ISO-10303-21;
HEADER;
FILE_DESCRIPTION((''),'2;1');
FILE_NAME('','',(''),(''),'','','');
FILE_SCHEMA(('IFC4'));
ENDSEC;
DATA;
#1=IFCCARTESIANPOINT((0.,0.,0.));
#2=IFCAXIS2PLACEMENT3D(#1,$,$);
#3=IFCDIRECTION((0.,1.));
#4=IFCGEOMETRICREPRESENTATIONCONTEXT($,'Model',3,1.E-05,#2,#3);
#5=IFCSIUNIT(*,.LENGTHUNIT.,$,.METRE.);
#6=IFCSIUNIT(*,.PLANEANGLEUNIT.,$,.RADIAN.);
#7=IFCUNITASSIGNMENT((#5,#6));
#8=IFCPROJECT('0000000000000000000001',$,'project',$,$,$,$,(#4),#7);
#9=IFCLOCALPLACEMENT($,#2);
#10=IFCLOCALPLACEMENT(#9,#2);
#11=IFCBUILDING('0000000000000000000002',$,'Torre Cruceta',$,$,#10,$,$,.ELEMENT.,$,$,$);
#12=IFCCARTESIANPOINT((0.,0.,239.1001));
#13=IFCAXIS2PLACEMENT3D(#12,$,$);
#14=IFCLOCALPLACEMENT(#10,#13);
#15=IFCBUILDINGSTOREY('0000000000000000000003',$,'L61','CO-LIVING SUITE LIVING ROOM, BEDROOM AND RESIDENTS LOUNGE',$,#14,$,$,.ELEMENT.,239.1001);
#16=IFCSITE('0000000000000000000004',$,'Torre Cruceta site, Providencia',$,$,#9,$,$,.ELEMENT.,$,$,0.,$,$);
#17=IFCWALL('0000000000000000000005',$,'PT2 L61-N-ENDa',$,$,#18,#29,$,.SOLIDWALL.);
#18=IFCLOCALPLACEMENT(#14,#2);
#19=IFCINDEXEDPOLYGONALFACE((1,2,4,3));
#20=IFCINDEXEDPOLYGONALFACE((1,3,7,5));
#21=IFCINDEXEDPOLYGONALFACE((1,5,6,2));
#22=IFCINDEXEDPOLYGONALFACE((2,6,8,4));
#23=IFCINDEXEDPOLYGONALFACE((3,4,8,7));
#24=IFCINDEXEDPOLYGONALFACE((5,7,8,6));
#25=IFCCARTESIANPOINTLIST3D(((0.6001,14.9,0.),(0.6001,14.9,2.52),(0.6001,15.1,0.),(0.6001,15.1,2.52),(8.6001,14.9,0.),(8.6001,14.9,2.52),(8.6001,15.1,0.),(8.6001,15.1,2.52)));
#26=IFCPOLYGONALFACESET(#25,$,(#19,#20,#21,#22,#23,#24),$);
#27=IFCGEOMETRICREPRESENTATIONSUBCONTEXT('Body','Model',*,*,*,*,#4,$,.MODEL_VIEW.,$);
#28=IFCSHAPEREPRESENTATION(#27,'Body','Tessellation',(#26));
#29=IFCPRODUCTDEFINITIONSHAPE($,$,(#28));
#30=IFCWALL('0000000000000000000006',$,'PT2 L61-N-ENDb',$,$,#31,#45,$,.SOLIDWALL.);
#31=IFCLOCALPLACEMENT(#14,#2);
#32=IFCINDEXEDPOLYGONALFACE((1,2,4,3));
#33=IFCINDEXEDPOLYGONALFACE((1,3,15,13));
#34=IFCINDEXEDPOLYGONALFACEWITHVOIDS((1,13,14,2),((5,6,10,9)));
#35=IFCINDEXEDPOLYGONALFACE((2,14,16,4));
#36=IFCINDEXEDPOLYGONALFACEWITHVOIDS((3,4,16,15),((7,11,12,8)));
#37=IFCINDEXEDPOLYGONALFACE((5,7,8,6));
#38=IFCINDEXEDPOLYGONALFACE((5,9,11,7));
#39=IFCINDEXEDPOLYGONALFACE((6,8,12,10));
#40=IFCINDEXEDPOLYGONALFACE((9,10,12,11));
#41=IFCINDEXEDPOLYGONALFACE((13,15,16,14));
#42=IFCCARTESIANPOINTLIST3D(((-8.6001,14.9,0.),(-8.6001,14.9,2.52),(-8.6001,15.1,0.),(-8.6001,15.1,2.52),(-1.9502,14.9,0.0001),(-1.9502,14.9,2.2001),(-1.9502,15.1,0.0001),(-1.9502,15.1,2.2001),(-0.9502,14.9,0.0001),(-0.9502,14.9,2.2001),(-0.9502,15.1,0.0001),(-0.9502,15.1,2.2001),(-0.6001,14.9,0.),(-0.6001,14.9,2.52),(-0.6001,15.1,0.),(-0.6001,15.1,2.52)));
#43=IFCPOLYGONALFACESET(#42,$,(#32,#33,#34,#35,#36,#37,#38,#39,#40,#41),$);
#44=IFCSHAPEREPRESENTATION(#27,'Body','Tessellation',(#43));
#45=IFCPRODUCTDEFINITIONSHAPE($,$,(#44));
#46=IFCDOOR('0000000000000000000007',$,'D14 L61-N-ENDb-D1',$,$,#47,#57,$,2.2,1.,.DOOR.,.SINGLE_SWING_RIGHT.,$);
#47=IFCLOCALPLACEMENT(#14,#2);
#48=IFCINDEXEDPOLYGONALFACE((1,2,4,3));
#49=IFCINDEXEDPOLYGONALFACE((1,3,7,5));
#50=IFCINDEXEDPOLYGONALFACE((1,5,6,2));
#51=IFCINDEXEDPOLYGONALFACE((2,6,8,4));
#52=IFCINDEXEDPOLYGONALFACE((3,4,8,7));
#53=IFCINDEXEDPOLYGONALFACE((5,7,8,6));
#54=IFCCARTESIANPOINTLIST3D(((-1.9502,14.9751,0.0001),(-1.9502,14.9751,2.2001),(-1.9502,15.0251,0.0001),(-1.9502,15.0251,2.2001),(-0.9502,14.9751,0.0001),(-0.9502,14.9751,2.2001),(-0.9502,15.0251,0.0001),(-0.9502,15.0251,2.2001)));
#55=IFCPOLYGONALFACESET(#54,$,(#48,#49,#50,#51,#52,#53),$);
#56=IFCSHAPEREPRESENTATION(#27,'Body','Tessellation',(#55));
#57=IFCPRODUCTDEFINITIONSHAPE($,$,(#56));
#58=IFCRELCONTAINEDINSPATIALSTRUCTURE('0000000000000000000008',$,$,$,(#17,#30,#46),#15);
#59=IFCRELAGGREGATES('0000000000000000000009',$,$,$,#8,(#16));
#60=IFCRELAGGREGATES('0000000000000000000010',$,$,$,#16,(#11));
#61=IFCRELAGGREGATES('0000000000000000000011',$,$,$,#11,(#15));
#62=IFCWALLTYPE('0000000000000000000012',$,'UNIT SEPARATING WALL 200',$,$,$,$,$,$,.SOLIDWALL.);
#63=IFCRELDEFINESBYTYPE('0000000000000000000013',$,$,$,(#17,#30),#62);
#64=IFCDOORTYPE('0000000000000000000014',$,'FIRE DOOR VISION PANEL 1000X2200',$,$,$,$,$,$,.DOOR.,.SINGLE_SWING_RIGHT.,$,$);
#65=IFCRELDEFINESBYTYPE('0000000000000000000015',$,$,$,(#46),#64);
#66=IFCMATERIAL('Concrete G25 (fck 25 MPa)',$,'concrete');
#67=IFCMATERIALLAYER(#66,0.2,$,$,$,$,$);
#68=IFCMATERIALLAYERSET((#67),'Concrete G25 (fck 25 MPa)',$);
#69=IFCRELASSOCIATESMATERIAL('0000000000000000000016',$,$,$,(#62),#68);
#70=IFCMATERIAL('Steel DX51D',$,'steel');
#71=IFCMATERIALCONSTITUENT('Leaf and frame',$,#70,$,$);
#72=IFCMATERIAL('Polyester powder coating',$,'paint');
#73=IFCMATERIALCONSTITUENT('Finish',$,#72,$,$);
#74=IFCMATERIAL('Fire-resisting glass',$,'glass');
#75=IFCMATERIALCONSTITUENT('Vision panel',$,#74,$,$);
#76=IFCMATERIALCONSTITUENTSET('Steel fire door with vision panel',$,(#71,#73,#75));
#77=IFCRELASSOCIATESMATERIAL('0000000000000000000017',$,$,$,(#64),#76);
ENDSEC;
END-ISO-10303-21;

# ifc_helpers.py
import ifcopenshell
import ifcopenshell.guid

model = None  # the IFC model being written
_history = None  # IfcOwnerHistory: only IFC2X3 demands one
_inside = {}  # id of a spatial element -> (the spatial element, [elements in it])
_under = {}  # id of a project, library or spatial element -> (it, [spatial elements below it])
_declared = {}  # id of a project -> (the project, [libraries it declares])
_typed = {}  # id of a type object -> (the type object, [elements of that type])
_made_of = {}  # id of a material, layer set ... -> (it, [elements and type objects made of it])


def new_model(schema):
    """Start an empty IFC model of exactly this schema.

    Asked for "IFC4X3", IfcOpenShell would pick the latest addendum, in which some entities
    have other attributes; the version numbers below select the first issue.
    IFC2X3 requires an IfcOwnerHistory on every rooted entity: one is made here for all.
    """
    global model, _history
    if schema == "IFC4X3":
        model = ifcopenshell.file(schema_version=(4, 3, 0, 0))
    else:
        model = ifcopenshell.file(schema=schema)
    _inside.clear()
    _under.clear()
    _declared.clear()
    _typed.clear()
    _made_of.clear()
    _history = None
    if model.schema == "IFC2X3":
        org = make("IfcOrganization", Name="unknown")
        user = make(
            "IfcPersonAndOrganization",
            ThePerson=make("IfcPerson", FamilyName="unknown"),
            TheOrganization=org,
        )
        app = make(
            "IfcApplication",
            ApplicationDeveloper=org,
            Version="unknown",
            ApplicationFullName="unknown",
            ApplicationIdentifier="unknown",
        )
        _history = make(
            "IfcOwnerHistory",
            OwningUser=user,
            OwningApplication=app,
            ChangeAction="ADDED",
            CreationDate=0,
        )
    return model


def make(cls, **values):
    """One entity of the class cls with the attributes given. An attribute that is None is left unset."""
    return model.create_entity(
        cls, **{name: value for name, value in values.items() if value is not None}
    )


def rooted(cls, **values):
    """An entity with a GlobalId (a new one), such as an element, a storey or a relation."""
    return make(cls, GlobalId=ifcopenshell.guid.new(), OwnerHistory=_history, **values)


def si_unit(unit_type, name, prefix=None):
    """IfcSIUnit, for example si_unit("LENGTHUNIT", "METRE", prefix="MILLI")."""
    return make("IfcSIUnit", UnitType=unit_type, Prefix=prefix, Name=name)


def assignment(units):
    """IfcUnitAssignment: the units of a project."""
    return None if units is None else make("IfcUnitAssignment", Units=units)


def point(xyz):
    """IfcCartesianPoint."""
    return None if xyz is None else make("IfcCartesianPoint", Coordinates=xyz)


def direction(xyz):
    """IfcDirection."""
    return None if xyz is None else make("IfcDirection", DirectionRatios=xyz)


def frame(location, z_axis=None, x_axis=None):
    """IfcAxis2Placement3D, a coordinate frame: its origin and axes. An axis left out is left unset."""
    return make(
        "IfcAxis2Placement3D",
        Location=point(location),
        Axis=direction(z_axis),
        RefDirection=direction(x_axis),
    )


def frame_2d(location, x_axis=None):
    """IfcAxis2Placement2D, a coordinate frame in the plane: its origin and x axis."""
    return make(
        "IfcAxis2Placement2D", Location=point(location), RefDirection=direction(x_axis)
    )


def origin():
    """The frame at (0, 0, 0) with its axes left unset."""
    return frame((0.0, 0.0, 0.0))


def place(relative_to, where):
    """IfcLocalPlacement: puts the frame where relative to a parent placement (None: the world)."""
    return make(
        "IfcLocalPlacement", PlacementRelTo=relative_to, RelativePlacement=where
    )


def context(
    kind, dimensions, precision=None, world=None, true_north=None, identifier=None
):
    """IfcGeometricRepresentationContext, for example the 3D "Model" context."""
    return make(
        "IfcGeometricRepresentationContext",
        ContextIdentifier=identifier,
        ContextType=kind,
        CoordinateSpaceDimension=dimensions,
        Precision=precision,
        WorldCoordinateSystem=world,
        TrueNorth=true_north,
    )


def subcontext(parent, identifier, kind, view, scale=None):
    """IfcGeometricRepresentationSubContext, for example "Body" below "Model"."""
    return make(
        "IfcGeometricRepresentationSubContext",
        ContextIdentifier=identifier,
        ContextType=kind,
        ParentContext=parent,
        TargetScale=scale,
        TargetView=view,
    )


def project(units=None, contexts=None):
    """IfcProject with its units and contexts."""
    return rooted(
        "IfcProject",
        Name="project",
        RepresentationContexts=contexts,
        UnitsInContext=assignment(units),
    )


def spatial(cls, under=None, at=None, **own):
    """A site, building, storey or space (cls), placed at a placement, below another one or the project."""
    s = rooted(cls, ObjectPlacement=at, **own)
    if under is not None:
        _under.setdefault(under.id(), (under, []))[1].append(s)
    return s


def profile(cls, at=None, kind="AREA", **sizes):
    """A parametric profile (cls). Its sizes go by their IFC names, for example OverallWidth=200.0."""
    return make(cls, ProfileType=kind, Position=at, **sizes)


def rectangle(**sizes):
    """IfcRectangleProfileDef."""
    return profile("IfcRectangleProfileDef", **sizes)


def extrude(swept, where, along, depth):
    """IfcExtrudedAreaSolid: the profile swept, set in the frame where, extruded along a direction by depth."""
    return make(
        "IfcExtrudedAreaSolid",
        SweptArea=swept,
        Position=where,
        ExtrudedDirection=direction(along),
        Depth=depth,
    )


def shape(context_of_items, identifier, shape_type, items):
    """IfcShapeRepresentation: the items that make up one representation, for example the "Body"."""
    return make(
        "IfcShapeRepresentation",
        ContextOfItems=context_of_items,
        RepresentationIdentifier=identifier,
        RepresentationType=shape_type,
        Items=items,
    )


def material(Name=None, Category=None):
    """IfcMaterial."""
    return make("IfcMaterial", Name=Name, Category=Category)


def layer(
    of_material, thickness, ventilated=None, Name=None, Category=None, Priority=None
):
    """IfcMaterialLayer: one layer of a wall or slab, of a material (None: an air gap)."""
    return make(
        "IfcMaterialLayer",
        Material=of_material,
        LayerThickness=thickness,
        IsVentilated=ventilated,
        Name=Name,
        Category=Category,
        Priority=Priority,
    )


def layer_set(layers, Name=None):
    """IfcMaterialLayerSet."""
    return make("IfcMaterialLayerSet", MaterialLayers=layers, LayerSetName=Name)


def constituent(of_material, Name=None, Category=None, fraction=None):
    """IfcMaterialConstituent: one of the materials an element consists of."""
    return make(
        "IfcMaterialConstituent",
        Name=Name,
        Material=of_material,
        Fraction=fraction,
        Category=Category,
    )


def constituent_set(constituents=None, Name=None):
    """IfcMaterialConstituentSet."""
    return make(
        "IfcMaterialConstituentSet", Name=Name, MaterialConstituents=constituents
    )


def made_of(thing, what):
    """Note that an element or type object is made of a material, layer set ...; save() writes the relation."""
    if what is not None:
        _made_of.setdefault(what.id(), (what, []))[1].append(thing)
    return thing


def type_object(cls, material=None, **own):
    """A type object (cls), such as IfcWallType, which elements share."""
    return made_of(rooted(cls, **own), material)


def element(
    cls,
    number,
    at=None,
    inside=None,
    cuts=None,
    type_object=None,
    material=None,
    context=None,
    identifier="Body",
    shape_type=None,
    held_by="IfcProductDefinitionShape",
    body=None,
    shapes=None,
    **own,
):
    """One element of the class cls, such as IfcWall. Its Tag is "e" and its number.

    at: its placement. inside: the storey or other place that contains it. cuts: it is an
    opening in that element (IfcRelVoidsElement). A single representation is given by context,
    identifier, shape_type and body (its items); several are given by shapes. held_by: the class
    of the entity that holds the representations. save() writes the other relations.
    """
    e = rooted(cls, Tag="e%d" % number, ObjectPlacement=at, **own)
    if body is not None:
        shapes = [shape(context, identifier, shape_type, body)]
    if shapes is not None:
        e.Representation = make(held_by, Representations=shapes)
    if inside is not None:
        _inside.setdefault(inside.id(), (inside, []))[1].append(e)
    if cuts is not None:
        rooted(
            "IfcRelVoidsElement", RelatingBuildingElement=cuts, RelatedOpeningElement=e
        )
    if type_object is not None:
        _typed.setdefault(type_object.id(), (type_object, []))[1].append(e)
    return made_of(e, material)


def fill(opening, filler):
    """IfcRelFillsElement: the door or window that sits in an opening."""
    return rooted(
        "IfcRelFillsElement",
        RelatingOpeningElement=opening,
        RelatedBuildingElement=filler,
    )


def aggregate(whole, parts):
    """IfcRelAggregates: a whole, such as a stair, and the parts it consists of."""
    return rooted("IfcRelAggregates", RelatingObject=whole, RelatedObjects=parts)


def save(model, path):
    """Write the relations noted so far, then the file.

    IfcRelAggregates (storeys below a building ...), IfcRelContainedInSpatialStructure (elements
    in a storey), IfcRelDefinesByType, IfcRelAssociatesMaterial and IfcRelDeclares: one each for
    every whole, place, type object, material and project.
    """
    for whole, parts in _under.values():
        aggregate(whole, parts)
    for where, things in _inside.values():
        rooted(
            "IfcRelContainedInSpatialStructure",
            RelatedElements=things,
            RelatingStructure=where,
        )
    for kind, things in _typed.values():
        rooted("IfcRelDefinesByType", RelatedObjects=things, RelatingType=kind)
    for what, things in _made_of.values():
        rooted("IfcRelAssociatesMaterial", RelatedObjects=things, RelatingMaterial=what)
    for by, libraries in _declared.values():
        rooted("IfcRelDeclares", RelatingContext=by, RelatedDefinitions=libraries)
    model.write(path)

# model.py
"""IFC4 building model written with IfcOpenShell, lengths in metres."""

from ifc_helpers import new_model, si_unit, direction, frame, frame_2d, origin, place, context, subcontext, project, spatial, rectangle, extrude, material, layer, layer_set, constituent, constituent_set, type_object, element, fill, save


model = new_model("IFC4")

# Units and contexts
model_context = context("Model", 3, precision=1e-05, world=origin(), true_north=direction((0.0, 1.0)))
body_context = subcontext(model_context, "Body", "Model", "MODEL_VIEW")
ifc_project = project(units=[si_unit("LENGTHUNIT", "METRE"), si_unit("PLANEANGLEUNIT", "RADIAN")], contexts=[model_context])

# Site, building, storey
site_placement = place(None, origin())
site = spatial("IfcSite", under=ifc_project, at=site_placement, Name="Torre Cruceta site, Providencia", CompositionType="ELEMENT", RefElevation=0.0)
building_placement = place(site_placement, origin())
building = spatial("IfcBuilding", under=site, at=building_placement, Name="Torre Cruceta", CompositionType="ELEMENT")
storey_placement = place(building_placement, frame((0.0, 0.0, 239.1001)))
storey = spatial("IfcBuildingStorey", under=building, at=storey_placement, Name="L61", Description="CO-LIVING SUITE LIVING ROOM, BEDROOM AND RESIDENTS LOUNGE", CompositionType="ELEMENT", Elevation=239.1001)

# Wall
ifc_material_1 = material(Name="Concrete G25 (fck 25 MPa)", Category="concrete")
ifc_layer_1 = layer(ifc_material_1, 0.2)
ifc_layer_set_1 = layer_set([ifc_layer_1], Name="Concrete G25 (fck 25 MPa)")
wall_type_1 = type_object("IfcWallType", Name="UNIT SEPARATING WALL 200", PredefinedType="SOLIDWALL", material=ifc_layer_set_1)
wall_1_placement = place(storey_placement, frame((8.6001, 15.0, 0.0), z_axis=(0.0, 0.0, 1.0), x_axis=(-1.0, 0.0, 0.0)))
element("IfcWall", 1, at=wall_1_placement, inside=storey, type_object=wall_type_1, Name="PT2 L61-N-ENDa", PredefinedType="SOLIDWALL", context=body_context, shape_type="SweptSolid", body=[
    extrude(rectangle(XDim=8.0, YDim=0.2, at=frame_2d((4.0, 0.0))), origin(), (0.0, 0.0, 1.0), 2.52),
])

# Wall, opening, door
wall_2_placement = place(storey_placement, frame((-0.6001, 15.0, 0.0), z_axis=(0.0, 0.0, 1.0), x_axis=(-1.0, 0.0, 0.0)))
wall_2 = element("IfcWall", 2, at=wall_2_placement, inside=storey, type_object=wall_type_1, Name="PT2 L61-N-ENDb", PredefinedType="SOLIDWALL", context=body_context, shape_type="SweptSolid", body=[
    extrude(rectangle(XDim=8.0, YDim=0.2, at=frame_2d((4.0, 0.0))), origin(), (0.0, 0.0, 1.0), 2.52),
])
opening_1_placement = place(wall_2_placement, frame((0.3501, 0.0, 0.0)))
opening_1 = element("IfcOpeningElement", 3, at=opening_1_placement, cuts=wall_2, PredefinedType="OPENING", context=body_context, shape_type="SweptSolid", body=[
    extrude(rectangle(XDim=1.0, YDim=2.2, at=frame_2d((0.5, 1.1001))), frame((0.0, 0.1099, 0.0), z_axis=(0.0, -1.0, 0.0), x_axis=(1.0, 0.0, 0.0)), (0.0, 0.0, 1.0), 0.22),
])
ifc_material_2 = material(Name="Steel DX51D", Category="steel")
ifc_constituent_1 = constituent(ifc_material_2, Name="Leaf and frame")
ifc_material_3 = material(Name="Polyester powder coating", Category="paint")
ifc_constituent_2 = constituent(ifc_material_3, Name="Finish")
ifc_material_4 = material(Name="Fire-resisting glass", Category="glass")
ifc_constituent_3 = constituent(ifc_material_4, Name="Vision panel")
ifc_constituent_set_1 = constituent_set(constituents=[ifc_constituent_1, ifc_constituent_2, ifc_constituent_3], Name="Steel fire door with vision panel")
door_type = type_object("IfcDoorType", Name="FIRE DOOR VISION PANEL 1000X2200", OperationType="SINGLE_SWING_RIGHT", PredefinedType="DOOR", material=ifc_constituent_set_1)
door_placement = place(opening_1_placement, frame((1.0, 0.0, 0.0), z_axis=(0.0, 0.0, 1.0), x_axis=(-1.0, 0.0, 0.0)))
door = element("IfcDoor", 4, at=door_placement, inside=storey, type_object=door_type, Name="D14 L61-N-ENDb-D1", OperationType="SINGLE_SWING_RIGHT", OverallHeight=2.2, OverallWidth=1.0, PredefinedType="DOOR", context=body_context, shape_type="SweptSolid", body=[
    extrude(rectangle(XDim=1.0, YDim=2.2, at=frame_2d((0.5, 1.1001))), frame((0.0, 0.0251, 0.0), z_axis=(0.0, -1.0, 0.0), x_axis=(1.0, 0.0, 0.0)), (0.0, 0.0, 1.0), 0.05),
])
fill(opening_1, door)

save(model, "model.ifc")
